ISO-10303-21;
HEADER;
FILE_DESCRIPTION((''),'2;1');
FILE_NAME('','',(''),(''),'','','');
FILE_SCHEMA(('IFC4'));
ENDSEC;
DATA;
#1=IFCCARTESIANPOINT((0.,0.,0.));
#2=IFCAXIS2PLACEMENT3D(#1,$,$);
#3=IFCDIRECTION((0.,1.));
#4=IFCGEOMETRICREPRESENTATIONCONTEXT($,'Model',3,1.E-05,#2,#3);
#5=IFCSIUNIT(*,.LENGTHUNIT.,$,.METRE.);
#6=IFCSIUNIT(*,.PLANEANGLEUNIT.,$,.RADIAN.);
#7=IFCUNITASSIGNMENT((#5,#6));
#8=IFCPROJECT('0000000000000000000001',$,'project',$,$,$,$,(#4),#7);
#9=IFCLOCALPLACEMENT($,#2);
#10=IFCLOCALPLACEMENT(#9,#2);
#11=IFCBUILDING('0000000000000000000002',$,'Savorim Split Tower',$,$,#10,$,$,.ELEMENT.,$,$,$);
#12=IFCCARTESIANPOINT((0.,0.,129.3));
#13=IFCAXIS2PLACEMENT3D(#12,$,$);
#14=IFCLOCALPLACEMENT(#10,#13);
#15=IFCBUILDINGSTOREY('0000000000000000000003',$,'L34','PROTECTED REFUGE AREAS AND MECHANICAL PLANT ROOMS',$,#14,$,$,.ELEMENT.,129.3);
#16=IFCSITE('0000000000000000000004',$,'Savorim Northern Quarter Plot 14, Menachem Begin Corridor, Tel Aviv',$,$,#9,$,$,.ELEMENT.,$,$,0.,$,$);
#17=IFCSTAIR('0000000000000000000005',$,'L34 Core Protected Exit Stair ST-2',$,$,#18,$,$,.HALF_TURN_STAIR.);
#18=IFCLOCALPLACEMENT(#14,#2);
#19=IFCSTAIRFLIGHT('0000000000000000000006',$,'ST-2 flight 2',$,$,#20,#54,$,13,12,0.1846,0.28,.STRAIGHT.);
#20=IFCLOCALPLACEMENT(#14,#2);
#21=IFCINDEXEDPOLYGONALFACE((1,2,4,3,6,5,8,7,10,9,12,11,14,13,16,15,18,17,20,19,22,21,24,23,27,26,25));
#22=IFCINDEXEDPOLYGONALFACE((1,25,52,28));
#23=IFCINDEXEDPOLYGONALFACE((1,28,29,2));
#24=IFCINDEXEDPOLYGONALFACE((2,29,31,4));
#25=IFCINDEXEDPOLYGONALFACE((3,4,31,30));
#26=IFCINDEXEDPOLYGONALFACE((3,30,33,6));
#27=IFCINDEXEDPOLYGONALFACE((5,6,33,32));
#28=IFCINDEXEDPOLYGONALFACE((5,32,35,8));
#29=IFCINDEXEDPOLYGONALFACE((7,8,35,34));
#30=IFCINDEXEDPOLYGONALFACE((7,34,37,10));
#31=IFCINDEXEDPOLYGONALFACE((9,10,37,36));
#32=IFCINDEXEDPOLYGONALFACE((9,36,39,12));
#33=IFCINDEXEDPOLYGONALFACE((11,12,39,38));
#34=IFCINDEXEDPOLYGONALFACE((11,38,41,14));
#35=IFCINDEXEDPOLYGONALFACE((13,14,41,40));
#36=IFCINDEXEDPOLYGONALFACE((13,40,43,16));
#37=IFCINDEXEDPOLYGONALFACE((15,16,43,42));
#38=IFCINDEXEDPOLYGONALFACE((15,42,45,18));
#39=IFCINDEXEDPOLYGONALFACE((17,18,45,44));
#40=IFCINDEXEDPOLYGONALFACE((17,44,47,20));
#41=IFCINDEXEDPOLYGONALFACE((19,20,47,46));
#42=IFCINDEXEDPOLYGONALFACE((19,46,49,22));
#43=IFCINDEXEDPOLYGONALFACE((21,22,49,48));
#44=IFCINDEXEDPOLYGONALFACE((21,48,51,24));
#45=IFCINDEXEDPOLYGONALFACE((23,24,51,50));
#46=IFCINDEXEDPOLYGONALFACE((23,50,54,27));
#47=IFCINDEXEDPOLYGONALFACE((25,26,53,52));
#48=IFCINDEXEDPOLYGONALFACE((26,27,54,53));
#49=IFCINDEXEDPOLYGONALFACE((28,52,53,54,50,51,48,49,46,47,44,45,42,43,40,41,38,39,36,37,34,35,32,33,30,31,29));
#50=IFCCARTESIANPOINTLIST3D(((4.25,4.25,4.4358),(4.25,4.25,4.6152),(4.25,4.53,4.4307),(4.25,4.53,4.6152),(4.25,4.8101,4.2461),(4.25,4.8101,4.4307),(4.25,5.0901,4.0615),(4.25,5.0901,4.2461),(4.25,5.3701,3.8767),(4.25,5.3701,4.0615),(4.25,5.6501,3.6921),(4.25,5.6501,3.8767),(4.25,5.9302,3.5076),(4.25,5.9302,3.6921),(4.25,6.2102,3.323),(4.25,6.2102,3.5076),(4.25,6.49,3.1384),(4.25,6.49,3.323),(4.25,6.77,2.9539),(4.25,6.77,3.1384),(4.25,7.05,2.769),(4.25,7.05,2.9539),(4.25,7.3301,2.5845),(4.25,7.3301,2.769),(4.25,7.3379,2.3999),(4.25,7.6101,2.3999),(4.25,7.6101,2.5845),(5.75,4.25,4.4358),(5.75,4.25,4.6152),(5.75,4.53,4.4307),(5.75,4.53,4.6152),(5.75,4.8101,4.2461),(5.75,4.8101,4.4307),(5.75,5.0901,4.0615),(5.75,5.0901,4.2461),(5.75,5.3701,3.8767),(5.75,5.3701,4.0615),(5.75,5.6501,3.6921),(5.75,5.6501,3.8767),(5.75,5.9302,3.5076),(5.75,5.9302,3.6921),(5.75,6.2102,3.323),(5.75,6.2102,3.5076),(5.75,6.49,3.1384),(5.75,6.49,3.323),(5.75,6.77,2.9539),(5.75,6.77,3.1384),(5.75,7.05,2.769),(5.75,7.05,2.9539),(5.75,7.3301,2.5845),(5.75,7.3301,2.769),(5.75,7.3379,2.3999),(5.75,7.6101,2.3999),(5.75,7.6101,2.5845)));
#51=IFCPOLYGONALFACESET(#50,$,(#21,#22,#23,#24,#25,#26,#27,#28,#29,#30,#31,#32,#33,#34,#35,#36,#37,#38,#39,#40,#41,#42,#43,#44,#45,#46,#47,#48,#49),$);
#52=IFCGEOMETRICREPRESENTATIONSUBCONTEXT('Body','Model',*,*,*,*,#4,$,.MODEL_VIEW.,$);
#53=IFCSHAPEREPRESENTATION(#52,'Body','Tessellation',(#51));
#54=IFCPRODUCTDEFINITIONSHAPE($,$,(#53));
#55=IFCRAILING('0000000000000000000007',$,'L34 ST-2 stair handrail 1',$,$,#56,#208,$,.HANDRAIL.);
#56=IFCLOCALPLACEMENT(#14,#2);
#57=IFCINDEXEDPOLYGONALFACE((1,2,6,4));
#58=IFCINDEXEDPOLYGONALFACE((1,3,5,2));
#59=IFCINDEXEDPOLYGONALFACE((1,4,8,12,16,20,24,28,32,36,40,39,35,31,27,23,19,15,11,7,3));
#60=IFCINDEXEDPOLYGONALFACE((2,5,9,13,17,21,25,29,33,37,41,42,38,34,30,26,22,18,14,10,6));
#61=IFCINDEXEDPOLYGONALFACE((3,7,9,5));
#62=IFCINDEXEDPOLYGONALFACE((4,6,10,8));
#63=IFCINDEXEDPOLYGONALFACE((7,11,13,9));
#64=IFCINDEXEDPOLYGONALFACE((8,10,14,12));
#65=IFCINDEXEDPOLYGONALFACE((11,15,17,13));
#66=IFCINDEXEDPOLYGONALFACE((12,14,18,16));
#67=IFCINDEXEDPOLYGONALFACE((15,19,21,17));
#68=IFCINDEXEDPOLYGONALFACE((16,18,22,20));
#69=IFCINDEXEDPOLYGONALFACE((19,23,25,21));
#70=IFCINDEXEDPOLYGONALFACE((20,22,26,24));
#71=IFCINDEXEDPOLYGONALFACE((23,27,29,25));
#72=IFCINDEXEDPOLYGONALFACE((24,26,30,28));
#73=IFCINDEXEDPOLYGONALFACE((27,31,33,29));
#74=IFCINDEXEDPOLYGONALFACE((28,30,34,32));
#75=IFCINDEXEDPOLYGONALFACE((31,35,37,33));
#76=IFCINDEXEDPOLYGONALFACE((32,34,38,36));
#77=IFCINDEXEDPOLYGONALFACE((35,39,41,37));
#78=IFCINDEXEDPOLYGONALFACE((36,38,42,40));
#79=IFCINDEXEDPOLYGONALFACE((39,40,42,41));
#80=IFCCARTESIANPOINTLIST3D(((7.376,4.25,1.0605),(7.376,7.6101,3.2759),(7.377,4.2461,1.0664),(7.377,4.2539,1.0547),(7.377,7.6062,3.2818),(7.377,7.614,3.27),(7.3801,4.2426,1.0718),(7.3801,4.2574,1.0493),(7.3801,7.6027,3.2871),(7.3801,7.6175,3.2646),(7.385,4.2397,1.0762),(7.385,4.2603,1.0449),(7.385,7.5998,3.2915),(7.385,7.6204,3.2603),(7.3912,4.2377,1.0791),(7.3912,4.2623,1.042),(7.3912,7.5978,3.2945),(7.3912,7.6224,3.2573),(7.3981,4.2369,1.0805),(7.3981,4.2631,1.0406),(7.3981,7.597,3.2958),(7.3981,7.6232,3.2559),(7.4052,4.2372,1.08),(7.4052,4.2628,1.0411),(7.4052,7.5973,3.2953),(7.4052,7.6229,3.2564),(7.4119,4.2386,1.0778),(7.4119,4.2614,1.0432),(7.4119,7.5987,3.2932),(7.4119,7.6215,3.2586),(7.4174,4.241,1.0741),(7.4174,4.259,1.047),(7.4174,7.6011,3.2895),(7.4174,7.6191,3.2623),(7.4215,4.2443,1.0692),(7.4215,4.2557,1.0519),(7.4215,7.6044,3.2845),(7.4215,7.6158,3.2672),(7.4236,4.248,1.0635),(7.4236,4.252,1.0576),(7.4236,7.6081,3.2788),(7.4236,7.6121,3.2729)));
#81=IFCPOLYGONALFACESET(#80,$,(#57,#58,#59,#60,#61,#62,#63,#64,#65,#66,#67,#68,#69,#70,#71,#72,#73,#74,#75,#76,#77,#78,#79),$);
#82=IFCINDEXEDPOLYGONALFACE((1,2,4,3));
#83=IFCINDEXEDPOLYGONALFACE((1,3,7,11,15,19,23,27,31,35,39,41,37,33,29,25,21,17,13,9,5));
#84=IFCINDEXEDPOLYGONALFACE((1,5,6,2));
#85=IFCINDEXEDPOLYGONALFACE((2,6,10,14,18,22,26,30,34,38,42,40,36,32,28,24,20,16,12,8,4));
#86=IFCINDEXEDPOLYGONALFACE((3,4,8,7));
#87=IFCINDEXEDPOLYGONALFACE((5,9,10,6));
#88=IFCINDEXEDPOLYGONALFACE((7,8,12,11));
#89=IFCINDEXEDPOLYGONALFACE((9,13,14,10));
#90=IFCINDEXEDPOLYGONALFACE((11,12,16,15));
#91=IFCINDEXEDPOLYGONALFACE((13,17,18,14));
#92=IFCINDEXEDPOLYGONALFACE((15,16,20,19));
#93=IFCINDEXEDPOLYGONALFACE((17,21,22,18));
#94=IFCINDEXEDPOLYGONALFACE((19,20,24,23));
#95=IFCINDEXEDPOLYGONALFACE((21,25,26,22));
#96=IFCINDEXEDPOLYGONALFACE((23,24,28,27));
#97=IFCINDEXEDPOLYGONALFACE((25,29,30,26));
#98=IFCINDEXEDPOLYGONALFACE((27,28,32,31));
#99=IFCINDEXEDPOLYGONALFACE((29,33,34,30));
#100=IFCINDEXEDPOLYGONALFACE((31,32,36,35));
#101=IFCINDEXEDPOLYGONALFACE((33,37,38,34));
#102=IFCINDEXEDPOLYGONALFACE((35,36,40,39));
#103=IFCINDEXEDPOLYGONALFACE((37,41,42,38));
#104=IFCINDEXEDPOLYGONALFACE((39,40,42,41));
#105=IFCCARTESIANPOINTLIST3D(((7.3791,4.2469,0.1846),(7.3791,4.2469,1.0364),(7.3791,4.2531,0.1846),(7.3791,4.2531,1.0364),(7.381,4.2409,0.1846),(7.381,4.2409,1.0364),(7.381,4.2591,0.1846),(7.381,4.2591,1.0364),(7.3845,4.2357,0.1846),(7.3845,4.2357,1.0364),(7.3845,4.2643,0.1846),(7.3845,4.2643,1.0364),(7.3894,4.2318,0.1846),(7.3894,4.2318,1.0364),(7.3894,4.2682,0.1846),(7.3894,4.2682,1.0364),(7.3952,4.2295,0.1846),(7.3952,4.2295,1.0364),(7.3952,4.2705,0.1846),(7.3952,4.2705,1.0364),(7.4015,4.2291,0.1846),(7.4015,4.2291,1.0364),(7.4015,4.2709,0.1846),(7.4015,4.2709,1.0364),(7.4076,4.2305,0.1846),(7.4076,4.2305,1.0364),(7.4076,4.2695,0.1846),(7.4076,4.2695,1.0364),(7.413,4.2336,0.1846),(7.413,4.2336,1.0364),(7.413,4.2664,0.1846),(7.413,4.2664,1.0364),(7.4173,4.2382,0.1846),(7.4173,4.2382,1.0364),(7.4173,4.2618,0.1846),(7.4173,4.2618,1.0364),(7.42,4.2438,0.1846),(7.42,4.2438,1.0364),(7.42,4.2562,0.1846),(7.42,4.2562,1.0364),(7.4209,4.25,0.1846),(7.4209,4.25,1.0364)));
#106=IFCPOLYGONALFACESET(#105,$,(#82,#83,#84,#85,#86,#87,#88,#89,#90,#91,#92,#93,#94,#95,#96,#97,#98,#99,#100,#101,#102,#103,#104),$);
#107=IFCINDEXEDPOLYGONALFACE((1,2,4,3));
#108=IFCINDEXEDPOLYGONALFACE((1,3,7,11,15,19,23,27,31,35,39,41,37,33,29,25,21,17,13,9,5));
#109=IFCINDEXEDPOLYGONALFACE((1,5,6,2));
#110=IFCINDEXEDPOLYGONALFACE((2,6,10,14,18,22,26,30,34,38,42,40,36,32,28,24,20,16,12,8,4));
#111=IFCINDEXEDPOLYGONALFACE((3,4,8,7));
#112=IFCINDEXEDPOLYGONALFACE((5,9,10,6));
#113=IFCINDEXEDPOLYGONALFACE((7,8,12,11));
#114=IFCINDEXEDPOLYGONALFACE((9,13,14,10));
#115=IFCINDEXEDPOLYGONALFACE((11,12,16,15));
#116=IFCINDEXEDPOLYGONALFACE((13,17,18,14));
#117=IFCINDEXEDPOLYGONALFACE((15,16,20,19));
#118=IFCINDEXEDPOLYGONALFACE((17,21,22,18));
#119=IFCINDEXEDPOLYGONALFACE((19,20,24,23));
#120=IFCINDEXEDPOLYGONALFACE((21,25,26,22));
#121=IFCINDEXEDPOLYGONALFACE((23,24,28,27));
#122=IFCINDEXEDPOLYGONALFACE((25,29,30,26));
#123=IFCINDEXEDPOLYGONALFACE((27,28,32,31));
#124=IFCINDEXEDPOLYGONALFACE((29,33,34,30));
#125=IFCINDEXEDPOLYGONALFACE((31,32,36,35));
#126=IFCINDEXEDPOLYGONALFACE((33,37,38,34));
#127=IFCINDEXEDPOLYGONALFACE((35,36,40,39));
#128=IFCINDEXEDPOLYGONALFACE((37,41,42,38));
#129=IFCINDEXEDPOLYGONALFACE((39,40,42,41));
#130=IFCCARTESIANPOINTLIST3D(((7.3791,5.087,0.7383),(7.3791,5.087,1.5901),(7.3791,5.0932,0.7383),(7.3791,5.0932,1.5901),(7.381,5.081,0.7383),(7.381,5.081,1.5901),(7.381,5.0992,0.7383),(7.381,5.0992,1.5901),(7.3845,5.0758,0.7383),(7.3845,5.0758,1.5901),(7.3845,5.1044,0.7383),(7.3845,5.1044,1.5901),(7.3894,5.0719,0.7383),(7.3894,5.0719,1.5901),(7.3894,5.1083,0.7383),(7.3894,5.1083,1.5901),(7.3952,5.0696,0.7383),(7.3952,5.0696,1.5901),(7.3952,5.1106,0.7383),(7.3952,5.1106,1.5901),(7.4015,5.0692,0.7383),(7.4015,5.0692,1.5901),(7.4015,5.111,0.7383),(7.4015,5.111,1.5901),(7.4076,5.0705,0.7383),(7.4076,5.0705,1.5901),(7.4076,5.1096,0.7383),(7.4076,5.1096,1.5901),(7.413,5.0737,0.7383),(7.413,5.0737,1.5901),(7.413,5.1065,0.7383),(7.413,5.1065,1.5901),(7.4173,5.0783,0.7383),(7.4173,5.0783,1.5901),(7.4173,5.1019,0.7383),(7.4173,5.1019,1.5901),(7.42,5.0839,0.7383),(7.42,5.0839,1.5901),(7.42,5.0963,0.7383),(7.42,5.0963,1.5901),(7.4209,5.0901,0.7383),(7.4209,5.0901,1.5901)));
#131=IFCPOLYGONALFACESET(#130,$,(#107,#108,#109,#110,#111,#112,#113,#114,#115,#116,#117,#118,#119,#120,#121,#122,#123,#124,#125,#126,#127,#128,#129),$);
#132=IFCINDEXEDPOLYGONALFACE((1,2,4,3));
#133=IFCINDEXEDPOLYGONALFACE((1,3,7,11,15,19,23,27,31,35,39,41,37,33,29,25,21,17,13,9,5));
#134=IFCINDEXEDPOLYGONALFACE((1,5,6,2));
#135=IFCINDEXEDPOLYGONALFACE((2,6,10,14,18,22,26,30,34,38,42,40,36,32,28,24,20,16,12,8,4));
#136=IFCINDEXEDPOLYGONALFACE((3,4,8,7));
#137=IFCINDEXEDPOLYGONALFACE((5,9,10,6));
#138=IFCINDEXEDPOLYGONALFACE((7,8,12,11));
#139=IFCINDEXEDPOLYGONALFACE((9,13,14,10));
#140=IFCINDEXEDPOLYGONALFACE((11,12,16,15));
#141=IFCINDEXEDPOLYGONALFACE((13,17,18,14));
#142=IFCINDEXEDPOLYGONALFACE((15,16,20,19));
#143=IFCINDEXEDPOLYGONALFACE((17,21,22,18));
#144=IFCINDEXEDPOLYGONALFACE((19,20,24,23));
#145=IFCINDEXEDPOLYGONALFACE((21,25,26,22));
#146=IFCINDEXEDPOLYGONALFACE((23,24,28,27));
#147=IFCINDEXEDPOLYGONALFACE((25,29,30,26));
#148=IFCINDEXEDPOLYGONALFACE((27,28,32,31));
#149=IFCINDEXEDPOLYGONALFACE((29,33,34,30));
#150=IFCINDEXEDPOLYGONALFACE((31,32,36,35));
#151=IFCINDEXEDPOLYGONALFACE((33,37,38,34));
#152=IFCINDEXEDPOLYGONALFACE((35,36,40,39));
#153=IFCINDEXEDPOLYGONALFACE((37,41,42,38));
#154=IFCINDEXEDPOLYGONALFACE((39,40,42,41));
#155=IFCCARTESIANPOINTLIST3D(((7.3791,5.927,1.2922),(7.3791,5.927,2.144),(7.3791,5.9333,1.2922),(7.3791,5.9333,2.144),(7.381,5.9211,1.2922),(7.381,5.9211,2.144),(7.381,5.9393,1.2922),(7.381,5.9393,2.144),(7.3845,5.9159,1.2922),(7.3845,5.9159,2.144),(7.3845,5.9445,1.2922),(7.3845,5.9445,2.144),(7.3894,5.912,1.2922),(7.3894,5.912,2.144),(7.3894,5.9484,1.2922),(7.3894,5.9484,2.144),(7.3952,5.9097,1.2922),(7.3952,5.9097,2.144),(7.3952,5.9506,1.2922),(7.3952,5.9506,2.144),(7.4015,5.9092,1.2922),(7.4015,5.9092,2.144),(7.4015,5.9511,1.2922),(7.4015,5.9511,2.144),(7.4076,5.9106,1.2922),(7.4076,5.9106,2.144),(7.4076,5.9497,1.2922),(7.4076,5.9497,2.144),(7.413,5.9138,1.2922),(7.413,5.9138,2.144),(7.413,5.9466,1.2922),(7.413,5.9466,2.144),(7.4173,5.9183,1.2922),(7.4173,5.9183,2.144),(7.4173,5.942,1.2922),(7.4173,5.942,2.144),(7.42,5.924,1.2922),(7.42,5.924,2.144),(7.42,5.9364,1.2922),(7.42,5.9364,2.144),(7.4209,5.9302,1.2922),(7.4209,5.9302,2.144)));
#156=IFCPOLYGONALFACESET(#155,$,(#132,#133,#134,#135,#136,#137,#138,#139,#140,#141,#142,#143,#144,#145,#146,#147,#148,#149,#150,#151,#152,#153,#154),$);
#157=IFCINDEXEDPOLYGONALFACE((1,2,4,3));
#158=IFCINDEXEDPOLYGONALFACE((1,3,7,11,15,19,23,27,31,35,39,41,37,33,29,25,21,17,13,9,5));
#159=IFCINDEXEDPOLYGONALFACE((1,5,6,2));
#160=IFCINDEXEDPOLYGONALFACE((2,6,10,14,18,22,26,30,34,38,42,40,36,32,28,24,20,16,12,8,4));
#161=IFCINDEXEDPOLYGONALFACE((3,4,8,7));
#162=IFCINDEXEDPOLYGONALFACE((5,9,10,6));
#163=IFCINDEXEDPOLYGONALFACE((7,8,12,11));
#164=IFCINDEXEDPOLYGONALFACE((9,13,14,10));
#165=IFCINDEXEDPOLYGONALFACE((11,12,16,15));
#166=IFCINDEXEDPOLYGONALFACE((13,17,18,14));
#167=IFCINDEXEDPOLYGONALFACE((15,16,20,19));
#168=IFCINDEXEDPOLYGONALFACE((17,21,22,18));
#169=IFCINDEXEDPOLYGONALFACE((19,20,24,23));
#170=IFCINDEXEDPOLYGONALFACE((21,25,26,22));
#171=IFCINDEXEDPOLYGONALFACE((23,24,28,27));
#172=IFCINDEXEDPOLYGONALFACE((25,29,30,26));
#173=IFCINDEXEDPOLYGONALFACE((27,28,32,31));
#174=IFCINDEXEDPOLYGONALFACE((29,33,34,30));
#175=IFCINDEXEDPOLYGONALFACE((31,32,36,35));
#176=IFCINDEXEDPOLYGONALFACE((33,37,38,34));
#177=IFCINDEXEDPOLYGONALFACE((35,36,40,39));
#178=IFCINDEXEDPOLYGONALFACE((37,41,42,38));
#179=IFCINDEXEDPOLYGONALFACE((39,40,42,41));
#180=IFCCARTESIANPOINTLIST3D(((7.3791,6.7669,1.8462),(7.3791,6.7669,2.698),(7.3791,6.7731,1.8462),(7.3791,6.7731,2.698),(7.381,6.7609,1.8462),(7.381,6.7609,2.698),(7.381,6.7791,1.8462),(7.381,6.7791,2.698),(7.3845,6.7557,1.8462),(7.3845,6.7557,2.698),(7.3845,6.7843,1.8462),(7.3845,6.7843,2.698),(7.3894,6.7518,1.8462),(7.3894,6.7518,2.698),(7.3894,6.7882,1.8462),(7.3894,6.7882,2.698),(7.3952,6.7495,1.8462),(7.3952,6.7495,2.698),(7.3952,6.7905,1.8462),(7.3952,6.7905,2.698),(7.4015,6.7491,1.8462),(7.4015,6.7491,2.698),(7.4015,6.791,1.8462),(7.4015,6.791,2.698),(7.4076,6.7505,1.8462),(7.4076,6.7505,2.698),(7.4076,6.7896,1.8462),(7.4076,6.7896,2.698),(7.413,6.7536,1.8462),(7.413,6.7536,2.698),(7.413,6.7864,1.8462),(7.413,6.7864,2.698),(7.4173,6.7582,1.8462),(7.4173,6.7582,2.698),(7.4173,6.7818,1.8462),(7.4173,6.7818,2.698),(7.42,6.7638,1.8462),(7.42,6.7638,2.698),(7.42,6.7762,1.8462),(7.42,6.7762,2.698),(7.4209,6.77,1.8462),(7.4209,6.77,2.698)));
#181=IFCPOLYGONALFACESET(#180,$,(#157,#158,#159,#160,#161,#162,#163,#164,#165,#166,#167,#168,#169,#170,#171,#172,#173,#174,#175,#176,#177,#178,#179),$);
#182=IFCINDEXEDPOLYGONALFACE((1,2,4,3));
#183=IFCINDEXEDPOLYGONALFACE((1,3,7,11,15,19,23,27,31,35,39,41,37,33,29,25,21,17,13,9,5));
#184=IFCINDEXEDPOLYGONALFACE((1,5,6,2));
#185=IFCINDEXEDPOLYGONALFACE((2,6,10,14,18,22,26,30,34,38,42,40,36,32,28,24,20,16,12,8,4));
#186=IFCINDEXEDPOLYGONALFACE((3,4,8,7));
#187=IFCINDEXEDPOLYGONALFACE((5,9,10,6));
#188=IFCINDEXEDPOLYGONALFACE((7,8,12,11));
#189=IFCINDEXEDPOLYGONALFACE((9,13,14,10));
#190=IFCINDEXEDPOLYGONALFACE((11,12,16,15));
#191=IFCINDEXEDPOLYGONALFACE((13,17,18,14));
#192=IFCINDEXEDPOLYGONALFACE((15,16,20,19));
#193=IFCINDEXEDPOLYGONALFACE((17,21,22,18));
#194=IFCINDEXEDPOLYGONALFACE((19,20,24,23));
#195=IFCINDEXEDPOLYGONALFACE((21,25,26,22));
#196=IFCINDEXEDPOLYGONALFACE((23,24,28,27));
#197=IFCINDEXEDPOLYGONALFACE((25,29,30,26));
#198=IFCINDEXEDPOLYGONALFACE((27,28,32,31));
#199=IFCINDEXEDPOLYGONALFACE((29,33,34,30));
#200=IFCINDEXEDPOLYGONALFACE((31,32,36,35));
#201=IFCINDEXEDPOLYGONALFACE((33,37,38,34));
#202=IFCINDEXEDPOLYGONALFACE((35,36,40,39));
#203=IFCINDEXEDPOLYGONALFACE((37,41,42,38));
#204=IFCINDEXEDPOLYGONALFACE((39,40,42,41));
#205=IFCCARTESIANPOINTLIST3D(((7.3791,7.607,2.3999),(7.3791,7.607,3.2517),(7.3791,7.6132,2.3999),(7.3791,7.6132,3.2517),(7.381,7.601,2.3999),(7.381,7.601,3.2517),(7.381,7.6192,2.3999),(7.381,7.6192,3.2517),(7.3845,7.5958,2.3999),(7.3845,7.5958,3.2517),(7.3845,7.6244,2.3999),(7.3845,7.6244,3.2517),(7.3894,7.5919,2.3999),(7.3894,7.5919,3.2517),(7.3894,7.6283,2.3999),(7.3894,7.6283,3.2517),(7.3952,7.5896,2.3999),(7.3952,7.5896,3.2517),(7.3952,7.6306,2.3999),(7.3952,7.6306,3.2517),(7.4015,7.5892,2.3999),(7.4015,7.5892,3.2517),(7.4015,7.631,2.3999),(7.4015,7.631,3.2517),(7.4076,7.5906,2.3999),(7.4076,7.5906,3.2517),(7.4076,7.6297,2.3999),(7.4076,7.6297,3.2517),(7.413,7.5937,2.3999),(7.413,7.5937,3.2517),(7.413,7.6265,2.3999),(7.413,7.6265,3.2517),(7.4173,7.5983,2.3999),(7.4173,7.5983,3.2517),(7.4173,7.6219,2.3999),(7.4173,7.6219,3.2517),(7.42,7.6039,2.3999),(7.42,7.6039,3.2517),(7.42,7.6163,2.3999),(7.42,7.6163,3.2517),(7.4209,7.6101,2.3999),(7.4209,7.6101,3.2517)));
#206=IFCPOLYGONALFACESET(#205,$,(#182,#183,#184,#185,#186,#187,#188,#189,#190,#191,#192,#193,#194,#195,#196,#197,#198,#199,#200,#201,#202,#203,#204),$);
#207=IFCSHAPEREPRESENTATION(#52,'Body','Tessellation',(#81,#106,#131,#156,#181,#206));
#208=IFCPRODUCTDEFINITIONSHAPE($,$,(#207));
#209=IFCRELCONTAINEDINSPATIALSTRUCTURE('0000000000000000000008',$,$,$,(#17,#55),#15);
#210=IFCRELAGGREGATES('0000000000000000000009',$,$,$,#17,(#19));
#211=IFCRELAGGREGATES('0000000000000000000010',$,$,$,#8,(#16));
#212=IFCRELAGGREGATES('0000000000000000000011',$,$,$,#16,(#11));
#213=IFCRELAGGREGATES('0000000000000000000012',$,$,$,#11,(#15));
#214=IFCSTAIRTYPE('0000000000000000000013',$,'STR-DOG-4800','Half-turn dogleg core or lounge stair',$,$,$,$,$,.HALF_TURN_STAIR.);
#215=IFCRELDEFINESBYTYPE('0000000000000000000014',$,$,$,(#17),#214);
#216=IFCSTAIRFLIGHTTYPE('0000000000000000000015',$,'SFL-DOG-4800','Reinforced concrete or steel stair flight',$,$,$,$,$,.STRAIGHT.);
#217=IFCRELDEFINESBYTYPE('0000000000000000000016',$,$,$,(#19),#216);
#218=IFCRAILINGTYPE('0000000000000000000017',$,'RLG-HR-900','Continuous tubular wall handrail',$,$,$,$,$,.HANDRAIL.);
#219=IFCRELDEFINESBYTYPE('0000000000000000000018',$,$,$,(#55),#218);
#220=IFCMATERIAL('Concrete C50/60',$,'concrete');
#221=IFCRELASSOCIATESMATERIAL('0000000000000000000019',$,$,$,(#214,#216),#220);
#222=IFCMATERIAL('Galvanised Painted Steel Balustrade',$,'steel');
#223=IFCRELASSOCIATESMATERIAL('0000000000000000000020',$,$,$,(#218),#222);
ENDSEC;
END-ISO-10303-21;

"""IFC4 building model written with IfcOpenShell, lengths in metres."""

from ifc_helpers import new_model, si_unit, direction, frame, origin, origin_2d, place, context, subcontext, project, spatial, polyline, circle, outline, extrude, material, type_object, element, aggregate, save


model = new_model("IFC4")

# Units and contexts
model_context = context("Model", 3, precision=1e-05, world=origin(), true_north=direction((0.0, 1.0)))
body_context = subcontext(model_context, "Body", "Model", "MODEL_VIEW")
ifc_project = project(units=[si_unit("LENGTHUNIT", "METRE"), si_unit("PLANEANGLEUNIT", "RADIAN")], contexts=[model_context])

# Site, building, storey
site_placement = place(None, origin())
site = spatial("IfcSite", under=ifc_project, at=site_placement, Name="Savorim Northern Quarter Plot 14, Menachem Begin Corridor, Tel Aviv", CompositionType="ELEMENT", RefElevation=0.0)
building_placement = place(site_placement, origin())
building = spatial("IfcBuilding", under=site, at=building_placement, Name="Savorim Split Tower", CompositionType="ELEMENT")
storey_placement = place(building_placement, frame((0.0, 0.0, 129.3)))
storey = spatial("IfcBuildingStorey", under=building, at=storey_placement, Name="L34", Description="PROTECTED REFUGE AREAS AND MECHANICAL PLANT ROOMS", CompositionType="ELEMENT", Elevation=129.3)

# Shared definitions
ifc_material_1 = material(Name="Concrete C50/60", Category="concrete")
ifc_material_2 = material(Name="Galvanised Painted Steel Balustrade", Category="steel")

# Stair, stair flight
stair_type = type_object("IfcStairType", Name="STR-DOG-4800", Description="Half-turn dogleg core or lounge stair", PredefinedType="HALF_TURN_STAIR", material=ifc_material_1)
stair_placement = place(storey_placement, origin())
stair = element("IfcStair", 1, at=stair_placement, inside=storey, type_object=stair_type, Name="L34 Core Protected Exit Stair ST-2", PredefinedType="HALF_TURN_STAIR")
stair_flight_type = type_object("IfcStairFlightType", Name="SFL-DOG-4800", Description="Reinforced concrete or steel stair flight", PredefinedType="STRAIGHT", material=ifc_material_1)
stair_flight_1_placement = place(storey_placement, frame((5.0, 7.6101, 2.3999), z_axis=(0.0, 0.0, 1.0), x_axis=(0.0, -1.0, 0.0)))
stair_flight_1 = element("IfcStairFlight", 2, at=stair_flight_1_placement, type_object=stair_flight_type, Name="ST-2 flight 2", NumberOfRisers=13, NumberOfTreads=12, PredefinedType="STRAIGHT", RiserHeight=0.1846, TreadLength=0.28, context=body_context, shape_type="SweptSolid", body=[
    extrude(outline(polyline([(0.0, 0.0), (0.0, 0.1846), (0.28, 0.1846), (0.28, 0.3691), (0.5601, 0.3691), (0.5601, 0.554), (0.8401, 0.554), (0.8401, 0.7385), (1.1201, 0.7385), (1.1201, 0.9231), (1.3999, 0.9231), (1.3999, 1.1077), (1.6799, 1.1077), (1.6799, 1.2922), (1.96, 1.2922), (1.96, 1.4768), (2.24, 1.4768), (2.24, 1.6616), (2.52, 1.6616), (2.52, 1.8462), (2.8, 1.8462), (2.8, 2.0308), (3.0801, 2.0308), (3.0801, 2.2153), (3.3601, 2.2153), (3.3601, 2.3999), (3.3601, 2.0359), (0.2722, 0.0), (0.0, 0.0)])), frame((0.0, 0.75, 0.0), z_axis=(0.0, -1.0, 0.0), x_axis=(1.0, 0.0, 0.0)), (0.0, 0.0, 1.0), 1.5),
])
aggregate(stair, [stair_flight_1])

# Railing
railing_type_1 = type_object("IfcRailingType", Name="RLG-HR-900", Description="Continuous tubular wall handrail", PredefinedType="HANDRAIL", material=ifc_material_2)
railing_1_placement = place(storey_placement, frame((7.3999, 4.25, 0.1846)))
element("IfcRailing", 3, at=railing_1_placement, inside=storey, type_object=railing_type_1, Name="L34 ST-2 stair handrail 1", PredefinedType="HANDRAIL", context=body_context, shape_type="SweptSolid", body=[
    extrude(circle(Radius=0.0239, at=origin_2d()), frame((0.0, 0.0, 0.876), z_axis=(0.0, 0.834876, 0.550437), x_axis=(-1.0, 0.0, 0.0)), (0.0, 0.0, 1.0), 4.0247),
    extrude(circle(Radius=0.021, at=origin_2d()), origin(), (0.0, 0.0, 1.0), 0.8518),
    extrude(circle(Radius=0.021, at=origin_2d()), frame((0.0, 0.8401, 0.5537)), (0.0, 0.0, 1.0), 0.8518),
    extrude(circle(Radius=0.021, at=origin_2d()), frame((0.0, 1.6802, 1.1077)), (0.0, 0.0, 1.0), 0.8518),
    extrude(circle(Radius=0.021, at=origin_2d()), frame((0.0, 2.52, 1.6616)), (0.0, 0.0, 1.0), 0.8518),
    extrude(circle(Radius=0.021, at=origin_2d()), frame((0.0, 3.3601, 2.2153)), (0.0, 0.0, 1.0), 0.8518),
])

save(model, "model.ifc")
